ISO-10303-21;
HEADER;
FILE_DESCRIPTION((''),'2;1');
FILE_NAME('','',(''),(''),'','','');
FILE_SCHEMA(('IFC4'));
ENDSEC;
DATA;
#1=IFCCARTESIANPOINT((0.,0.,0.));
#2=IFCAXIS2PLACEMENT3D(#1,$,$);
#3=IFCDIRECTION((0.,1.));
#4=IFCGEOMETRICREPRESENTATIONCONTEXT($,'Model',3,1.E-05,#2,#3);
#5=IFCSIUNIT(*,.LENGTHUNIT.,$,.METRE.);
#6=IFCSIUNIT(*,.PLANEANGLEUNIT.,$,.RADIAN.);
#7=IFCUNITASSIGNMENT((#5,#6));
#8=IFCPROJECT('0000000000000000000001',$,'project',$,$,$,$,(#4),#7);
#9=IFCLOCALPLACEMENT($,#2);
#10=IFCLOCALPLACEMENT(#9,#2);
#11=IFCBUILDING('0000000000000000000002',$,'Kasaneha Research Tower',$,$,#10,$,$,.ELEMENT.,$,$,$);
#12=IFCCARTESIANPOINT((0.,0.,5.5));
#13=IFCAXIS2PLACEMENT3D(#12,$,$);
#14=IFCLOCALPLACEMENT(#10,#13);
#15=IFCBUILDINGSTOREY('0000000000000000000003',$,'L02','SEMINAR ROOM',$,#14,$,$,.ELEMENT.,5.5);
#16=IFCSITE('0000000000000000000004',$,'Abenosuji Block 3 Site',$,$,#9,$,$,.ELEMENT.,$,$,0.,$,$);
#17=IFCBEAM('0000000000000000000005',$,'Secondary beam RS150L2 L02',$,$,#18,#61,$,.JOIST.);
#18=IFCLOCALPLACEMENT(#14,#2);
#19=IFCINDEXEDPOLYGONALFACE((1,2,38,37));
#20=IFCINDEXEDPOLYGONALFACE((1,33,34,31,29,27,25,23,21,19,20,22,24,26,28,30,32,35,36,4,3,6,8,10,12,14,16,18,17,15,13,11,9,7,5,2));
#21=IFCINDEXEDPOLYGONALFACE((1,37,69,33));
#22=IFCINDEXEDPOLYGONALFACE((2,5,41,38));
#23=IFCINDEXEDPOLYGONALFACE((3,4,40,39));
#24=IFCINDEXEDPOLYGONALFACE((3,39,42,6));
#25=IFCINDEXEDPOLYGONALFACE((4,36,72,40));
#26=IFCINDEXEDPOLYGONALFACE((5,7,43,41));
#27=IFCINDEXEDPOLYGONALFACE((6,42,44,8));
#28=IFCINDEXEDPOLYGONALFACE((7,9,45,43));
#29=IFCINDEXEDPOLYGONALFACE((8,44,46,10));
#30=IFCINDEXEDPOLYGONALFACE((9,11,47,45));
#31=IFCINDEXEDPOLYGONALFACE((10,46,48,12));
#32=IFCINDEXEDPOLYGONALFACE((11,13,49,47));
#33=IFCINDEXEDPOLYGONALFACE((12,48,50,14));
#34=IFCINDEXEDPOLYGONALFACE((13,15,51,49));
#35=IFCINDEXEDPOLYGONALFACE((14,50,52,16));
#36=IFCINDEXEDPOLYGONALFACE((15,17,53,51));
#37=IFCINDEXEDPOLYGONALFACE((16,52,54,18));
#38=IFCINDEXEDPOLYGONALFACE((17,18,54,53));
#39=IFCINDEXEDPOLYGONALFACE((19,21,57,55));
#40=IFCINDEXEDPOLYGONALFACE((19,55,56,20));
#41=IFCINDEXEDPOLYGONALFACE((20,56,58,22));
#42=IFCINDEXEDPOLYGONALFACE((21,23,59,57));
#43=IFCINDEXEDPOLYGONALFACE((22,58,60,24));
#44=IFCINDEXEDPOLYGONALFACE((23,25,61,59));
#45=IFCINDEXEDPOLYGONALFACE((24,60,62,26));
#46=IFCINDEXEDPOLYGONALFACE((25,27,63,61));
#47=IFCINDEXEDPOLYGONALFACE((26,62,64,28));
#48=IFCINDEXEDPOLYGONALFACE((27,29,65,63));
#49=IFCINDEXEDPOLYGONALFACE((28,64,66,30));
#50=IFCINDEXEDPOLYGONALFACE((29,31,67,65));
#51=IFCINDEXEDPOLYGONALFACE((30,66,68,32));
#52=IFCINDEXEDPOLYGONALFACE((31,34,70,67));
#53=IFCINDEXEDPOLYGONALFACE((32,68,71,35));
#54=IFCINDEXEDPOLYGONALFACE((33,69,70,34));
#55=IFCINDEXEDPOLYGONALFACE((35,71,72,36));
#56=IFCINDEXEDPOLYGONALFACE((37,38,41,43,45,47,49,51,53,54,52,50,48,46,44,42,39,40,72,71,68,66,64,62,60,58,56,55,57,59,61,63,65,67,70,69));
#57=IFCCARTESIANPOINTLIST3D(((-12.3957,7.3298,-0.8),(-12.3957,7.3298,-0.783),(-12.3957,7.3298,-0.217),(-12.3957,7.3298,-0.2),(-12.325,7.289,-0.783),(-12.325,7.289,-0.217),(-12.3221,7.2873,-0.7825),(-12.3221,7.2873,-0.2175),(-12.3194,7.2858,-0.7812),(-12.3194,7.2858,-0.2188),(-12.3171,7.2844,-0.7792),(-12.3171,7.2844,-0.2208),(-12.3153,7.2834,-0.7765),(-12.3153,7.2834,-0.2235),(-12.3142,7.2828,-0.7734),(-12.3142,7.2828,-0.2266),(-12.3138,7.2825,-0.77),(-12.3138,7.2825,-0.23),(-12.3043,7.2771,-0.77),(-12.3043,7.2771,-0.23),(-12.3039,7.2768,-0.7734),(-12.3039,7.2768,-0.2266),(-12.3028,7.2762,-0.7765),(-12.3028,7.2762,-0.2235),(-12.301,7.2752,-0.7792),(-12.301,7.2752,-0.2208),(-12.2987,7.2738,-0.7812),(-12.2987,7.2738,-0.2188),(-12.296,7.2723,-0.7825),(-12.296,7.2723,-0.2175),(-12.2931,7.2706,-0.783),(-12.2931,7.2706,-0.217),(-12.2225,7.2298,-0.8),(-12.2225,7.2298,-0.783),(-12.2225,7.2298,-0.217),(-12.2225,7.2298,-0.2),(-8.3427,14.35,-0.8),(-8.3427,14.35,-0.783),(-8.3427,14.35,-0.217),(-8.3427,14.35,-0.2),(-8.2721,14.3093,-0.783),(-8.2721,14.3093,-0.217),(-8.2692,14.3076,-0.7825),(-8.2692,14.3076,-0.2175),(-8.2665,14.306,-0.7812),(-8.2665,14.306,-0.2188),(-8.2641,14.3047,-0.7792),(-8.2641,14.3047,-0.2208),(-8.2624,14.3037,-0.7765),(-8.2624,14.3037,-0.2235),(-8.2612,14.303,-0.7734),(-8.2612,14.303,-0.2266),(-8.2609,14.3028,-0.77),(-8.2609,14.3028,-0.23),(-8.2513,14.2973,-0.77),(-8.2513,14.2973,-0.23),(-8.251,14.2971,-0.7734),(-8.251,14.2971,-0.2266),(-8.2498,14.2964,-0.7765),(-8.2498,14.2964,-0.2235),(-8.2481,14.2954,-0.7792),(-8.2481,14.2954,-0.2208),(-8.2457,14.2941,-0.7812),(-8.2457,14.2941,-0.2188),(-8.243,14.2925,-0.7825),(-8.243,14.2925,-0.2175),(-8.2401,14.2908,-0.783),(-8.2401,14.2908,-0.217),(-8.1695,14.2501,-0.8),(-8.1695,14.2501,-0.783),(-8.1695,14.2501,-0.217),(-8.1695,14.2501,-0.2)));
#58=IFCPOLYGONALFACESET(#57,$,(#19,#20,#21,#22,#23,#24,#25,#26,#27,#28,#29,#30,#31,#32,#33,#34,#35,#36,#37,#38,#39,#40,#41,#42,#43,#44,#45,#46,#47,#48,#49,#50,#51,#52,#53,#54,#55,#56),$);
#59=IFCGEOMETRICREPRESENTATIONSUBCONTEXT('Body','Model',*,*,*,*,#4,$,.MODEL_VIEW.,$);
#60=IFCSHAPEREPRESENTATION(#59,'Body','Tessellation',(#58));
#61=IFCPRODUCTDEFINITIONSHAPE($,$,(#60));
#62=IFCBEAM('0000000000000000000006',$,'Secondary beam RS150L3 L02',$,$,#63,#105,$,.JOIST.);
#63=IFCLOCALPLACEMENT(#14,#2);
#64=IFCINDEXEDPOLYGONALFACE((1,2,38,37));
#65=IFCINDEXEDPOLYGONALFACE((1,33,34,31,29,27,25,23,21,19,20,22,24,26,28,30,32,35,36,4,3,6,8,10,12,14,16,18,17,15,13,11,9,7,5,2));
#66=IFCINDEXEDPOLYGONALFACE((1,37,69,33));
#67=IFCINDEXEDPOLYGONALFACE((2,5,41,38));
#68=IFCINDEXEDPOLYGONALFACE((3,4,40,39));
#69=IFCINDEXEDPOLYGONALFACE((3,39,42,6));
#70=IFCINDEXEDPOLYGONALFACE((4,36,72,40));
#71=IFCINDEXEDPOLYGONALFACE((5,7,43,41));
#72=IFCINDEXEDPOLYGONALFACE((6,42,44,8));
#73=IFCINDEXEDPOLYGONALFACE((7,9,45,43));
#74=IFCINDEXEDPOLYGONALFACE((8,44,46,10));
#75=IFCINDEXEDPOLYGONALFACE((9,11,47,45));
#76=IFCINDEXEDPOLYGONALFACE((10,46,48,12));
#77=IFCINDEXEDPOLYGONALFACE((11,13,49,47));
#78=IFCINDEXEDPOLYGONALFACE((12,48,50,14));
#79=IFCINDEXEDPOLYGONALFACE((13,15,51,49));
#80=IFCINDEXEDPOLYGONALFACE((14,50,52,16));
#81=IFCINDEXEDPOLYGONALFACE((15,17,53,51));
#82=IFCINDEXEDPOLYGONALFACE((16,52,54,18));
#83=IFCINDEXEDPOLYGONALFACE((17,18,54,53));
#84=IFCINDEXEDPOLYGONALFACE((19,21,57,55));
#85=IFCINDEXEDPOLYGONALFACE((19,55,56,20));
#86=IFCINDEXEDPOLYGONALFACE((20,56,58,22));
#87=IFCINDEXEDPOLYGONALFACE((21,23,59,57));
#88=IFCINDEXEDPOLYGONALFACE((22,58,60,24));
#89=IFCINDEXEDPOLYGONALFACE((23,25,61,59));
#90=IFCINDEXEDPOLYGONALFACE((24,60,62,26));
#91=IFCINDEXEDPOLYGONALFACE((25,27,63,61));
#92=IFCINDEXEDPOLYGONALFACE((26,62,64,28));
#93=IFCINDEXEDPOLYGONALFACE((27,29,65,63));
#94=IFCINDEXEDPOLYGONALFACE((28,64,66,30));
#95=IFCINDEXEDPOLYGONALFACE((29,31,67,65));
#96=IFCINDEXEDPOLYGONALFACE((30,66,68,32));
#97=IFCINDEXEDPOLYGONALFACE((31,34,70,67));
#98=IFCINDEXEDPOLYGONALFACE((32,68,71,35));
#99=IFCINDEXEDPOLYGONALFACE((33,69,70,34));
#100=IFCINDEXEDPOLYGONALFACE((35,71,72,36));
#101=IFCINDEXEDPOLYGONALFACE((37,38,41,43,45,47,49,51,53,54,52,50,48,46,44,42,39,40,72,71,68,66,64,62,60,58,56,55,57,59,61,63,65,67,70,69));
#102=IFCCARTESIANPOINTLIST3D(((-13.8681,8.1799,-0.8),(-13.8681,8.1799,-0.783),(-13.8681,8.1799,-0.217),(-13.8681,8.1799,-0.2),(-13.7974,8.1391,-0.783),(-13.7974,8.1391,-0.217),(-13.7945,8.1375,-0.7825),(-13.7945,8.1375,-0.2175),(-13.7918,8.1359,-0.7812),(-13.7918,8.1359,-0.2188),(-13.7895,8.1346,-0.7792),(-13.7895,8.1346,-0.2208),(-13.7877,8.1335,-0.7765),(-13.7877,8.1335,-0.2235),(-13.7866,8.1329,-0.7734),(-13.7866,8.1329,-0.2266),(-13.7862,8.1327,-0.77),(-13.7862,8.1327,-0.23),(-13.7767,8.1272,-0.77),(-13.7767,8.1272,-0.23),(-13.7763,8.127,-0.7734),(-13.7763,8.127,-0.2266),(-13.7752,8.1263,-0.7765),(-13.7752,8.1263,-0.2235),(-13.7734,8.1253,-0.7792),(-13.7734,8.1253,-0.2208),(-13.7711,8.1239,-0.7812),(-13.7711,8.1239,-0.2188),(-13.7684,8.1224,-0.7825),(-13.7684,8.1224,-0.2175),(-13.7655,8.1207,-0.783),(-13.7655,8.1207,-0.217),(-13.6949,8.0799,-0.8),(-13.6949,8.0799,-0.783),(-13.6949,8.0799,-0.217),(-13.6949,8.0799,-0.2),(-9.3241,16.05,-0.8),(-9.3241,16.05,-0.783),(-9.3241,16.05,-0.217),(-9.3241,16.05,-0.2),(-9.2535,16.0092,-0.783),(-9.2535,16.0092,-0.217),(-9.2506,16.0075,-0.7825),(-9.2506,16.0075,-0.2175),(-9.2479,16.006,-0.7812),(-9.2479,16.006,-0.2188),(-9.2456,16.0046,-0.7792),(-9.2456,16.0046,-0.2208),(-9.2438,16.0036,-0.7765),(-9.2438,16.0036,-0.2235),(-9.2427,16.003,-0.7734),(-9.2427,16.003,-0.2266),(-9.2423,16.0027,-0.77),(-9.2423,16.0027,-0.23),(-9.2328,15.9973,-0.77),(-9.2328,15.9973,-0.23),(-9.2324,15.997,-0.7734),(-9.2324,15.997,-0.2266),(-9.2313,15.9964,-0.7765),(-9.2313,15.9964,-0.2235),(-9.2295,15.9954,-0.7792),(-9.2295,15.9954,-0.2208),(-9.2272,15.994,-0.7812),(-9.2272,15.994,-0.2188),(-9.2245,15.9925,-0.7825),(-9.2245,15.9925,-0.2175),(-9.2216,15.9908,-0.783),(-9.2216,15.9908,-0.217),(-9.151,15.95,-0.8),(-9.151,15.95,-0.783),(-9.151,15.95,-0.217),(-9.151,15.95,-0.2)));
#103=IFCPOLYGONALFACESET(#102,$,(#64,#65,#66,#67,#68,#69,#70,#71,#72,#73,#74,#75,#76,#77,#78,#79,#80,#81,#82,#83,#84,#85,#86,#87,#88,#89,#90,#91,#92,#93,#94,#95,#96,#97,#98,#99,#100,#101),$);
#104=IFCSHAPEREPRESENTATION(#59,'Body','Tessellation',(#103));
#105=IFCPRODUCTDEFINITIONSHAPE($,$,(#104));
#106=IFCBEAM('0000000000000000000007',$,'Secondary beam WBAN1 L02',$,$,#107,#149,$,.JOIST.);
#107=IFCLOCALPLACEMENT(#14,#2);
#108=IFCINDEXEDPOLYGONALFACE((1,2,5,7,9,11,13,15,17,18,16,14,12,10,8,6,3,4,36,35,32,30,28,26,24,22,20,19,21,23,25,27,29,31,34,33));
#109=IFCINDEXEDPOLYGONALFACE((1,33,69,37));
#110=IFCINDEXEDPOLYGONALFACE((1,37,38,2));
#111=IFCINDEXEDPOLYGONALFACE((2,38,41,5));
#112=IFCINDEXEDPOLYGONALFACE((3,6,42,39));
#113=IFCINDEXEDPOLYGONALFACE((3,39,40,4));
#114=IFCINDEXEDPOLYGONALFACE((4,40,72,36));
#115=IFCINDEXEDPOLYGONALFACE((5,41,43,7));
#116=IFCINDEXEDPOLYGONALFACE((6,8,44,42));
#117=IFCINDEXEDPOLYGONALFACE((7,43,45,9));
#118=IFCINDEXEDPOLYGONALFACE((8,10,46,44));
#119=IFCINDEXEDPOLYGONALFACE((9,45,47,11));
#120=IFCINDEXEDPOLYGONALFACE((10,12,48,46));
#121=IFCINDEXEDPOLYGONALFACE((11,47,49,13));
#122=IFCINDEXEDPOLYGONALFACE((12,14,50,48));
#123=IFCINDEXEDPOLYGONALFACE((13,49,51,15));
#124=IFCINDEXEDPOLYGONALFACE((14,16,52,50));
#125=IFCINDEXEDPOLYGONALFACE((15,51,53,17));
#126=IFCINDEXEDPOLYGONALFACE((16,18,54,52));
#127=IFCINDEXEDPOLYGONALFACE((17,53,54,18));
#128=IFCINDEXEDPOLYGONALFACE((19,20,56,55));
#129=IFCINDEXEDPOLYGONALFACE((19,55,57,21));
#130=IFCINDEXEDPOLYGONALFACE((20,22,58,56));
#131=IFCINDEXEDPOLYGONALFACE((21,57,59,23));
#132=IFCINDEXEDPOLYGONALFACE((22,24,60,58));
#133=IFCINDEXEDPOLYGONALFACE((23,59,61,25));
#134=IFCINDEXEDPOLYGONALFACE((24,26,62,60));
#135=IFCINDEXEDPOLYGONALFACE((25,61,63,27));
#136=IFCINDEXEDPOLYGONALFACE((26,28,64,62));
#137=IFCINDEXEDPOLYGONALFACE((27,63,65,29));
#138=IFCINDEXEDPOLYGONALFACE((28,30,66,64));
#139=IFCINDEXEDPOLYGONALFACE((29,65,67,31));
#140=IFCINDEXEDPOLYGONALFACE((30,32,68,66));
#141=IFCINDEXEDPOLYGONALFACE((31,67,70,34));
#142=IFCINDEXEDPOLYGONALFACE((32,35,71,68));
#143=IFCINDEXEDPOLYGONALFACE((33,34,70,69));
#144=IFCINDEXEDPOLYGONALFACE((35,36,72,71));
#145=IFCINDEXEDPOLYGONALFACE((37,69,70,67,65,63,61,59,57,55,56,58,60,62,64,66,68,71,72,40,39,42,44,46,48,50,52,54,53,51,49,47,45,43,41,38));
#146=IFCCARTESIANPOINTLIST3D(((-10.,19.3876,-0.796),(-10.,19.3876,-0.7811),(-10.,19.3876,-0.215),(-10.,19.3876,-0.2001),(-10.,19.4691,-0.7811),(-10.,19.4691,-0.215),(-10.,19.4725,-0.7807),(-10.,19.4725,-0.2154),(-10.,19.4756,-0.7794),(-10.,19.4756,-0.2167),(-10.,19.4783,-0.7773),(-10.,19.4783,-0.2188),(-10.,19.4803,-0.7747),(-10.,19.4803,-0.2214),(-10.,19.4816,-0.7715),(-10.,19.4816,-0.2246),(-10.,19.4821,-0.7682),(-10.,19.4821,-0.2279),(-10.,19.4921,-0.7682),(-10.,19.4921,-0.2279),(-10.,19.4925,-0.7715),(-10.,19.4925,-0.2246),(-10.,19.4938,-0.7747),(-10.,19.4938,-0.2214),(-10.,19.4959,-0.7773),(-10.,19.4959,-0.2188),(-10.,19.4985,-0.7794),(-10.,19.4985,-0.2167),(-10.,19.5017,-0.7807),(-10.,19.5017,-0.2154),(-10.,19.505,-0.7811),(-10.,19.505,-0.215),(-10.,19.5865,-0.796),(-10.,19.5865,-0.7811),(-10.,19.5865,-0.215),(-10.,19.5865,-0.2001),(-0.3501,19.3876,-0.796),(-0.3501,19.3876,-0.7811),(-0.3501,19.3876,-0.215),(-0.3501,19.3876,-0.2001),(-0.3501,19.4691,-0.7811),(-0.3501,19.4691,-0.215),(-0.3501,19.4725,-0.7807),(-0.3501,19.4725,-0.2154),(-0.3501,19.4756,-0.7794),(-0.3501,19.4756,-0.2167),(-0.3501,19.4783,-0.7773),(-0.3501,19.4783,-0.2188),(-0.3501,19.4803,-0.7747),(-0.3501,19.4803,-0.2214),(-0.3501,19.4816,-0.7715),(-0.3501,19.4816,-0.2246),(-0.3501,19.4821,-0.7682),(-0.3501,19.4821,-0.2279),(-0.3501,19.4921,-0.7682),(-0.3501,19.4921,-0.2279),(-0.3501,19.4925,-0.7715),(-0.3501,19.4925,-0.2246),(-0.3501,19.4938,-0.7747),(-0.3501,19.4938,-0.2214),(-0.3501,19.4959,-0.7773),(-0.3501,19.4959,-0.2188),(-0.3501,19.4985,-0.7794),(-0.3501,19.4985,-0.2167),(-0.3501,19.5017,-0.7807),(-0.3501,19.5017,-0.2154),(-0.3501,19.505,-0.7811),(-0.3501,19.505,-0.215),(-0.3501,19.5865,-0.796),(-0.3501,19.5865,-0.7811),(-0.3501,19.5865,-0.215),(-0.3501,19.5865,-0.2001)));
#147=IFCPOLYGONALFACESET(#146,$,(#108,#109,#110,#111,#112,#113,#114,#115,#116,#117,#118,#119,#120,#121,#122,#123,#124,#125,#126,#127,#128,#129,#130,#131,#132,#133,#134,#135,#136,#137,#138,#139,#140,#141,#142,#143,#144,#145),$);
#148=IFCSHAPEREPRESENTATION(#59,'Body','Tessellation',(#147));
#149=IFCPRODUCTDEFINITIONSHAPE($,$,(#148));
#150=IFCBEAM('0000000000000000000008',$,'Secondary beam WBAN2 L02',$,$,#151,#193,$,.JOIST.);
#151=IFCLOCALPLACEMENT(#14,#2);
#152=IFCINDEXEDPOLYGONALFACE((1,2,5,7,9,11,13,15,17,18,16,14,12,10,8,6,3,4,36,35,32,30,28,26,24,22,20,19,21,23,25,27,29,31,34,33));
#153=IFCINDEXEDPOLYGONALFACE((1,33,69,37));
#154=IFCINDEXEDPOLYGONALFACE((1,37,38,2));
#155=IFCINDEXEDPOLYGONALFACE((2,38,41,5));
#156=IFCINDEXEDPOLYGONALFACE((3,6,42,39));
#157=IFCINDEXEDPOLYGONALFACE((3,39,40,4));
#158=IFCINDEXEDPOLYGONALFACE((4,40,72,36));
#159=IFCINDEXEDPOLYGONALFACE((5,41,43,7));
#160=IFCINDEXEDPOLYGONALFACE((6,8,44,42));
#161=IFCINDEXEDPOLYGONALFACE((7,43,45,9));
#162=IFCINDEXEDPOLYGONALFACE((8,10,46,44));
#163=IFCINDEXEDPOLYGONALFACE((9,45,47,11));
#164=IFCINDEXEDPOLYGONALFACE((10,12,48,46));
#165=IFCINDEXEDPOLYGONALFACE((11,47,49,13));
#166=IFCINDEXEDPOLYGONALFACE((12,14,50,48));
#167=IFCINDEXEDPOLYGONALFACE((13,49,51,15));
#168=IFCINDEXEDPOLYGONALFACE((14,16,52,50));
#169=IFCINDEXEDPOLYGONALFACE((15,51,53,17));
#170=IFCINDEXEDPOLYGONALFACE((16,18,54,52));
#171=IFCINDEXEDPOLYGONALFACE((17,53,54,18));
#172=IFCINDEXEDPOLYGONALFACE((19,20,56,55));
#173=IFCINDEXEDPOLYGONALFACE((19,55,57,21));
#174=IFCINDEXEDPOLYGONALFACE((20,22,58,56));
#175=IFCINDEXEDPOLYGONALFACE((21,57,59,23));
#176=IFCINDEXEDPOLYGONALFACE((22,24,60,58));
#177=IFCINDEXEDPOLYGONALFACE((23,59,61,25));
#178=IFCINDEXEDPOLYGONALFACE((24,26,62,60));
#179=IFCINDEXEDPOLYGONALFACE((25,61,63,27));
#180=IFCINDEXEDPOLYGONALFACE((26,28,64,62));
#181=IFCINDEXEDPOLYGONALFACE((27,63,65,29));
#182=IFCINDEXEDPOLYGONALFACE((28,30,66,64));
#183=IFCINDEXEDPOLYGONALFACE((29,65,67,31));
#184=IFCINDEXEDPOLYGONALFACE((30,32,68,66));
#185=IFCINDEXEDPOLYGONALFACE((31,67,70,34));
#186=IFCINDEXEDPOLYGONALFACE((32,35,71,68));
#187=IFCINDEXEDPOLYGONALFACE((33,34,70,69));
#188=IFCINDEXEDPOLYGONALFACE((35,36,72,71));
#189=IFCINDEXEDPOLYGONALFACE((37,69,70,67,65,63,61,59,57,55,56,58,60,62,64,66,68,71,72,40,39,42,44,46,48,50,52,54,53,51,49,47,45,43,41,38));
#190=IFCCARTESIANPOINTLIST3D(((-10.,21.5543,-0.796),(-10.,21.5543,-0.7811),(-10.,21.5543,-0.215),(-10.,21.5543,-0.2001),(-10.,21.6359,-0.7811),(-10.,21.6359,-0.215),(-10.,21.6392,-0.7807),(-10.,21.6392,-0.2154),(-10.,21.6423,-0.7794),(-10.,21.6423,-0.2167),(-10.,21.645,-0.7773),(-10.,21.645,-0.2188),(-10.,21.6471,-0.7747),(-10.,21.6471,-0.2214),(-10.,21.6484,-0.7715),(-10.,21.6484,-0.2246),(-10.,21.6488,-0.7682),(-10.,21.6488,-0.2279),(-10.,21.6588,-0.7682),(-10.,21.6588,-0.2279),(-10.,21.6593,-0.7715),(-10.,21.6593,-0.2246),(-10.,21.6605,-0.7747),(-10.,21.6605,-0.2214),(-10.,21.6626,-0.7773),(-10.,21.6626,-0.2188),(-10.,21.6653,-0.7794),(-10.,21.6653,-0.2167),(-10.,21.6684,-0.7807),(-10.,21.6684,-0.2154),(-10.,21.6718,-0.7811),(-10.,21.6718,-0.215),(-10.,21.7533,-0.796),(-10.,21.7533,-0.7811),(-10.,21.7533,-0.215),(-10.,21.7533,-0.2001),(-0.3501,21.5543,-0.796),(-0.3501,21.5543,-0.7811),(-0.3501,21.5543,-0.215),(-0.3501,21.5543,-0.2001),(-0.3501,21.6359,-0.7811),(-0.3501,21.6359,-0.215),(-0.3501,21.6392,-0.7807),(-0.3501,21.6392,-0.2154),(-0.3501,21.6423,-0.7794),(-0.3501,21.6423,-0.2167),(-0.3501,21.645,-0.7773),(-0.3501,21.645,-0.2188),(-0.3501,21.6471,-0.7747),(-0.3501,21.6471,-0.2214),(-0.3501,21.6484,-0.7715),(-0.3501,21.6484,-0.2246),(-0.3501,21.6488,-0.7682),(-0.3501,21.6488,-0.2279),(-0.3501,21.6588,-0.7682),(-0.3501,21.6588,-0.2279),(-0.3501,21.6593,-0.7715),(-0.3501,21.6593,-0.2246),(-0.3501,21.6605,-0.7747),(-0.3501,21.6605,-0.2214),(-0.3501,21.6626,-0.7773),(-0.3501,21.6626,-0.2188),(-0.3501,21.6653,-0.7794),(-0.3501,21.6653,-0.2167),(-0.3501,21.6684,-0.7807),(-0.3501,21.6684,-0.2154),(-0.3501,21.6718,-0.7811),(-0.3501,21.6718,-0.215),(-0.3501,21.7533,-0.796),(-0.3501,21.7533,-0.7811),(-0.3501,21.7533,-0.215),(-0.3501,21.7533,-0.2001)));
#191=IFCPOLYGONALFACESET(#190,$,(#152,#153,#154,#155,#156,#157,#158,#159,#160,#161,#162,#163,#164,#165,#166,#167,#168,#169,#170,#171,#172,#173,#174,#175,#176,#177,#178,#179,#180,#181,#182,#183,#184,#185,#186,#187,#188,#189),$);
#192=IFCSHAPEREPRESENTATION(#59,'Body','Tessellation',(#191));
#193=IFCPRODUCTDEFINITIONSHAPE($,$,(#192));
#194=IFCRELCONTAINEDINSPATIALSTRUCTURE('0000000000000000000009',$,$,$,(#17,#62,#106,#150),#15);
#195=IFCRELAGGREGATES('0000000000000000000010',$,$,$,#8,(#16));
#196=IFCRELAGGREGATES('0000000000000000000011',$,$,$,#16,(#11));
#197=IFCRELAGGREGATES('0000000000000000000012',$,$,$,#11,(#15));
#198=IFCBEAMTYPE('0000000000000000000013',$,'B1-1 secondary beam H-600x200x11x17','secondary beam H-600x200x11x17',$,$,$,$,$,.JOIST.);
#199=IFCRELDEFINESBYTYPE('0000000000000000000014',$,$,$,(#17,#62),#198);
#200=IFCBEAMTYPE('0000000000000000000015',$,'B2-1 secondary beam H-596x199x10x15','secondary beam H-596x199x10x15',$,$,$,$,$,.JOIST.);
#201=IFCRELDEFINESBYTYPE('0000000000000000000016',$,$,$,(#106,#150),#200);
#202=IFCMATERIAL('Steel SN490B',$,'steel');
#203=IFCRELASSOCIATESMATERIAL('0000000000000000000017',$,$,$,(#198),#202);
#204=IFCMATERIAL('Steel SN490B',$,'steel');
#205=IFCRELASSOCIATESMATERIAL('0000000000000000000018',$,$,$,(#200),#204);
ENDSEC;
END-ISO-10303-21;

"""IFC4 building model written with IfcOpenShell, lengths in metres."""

from ifc_helpers import new_model, si_unit, direction, frame, origin, origin_2d, place, context, subcontext, project, spatial, i_section, extrude, material, material_profile, profile_set, type_object, element, save


model = new_model("IFC4")

# Units and contexts
model_context = context("Model", 3, precision=1e-05, world=origin(), true_north=direction((0.0, 1.0)))
body_context = subcontext(model_context, "Body", "Model", "MODEL_VIEW")
ifc_project = project(units=[si_unit("LENGTHUNIT", "METRE"), si_unit("PLANEANGLEUNIT", "RADIAN")], contexts=[model_context])

# Site, building, storey
site_placement = place(None, origin())
site = spatial("IfcSite", under=ifc_project, at=site_placement, Name="Abenosuji Block 3 Site", CompositionType="ELEMENT", RefElevation=0.0)
building_placement = place(site_placement, origin())
building = spatial("IfcBuilding", under=site, at=building_placement, Name="Kasaneha Research Tower", CompositionType="ELEMENT")
storey_placement = place(building_placement, frame((0.0, 0.0, 5.5)))
storey = spatial("IfcBuildingStorey", under=building, at=storey_placement, Name="L02", Description="SEMINAR ROOM", CompositionType="ELEMENT", Elevation=5.5)

# Beams
ifc_material_1 = material(Name="Steel SN490B", Category="steel")
ifc_material_profile_1 = material_profile(ifc_material_1, i_section(OverallWidth=0.2, OverallDepth=0.6001, WebThickness=0.011, FlangeThickness=0.0171, FilletRadius=0.0129, at=origin_2d()), Name="H-600x200x11x17")
ifc_profile_set_1 = profile_set([ifc_material_profile_1], Name="Steel SN490B")
beam_type_1 = type_object("IfcBeamType", Name="B1-1 secondary beam H-600x200x11x17", Description="secondary beam H-600x200x11x17", PredefinedType="JOIST", material=ifc_profile_set_1)
beam_1_placement = place(storey_placement, frame((-8.2561, 14.3, -0.5), z_axis=(-0.499984, -0.866035, 0.0), x_axis=(0.866035, -0.499984, 0.0)))
element("IfcBeam", 1, at=beam_1_placement, inside=storey, type_object=beam_type_1, Name="Secondary beam RS150L2 L02", PredefinedType="JOIST", context=body_context, shape_type="SweptSolid", body=[
    extrude(i_section(OverallWidth=0.2, OverallDepth=0.6001, WebThickness=0.011, FlangeThickness=0.0171, FilletRadius=0.0129, at=origin_2d()), origin(), (0.0, 0.0, 1.0), 8.1062),
])
beam_2_placement = place(storey_placement, frame((-9.2375, 16.0, -0.5), z_axis=(-0.500011, -0.866019, 0.0), x_axis=(0.866019, -0.500011, 0.0)))
element("IfcBeam", 2, at=beam_2_placement, inside=storey, type_object=beam_type_1, Name="Secondary beam RS150L3 L02", PredefinedType="JOIST", context=body_context, shape_type="SweptSolid", body=[
    extrude(i_section(OverallWidth=0.2, OverallDepth=0.6001, WebThickness=0.011, FlangeThickness=0.0171, FilletRadius=0.0129, at=origin_2d()), origin(), (0.0, 0.0, 1.0), 9.0876),
])
ifc_material_2 = material(Name="Steel SN490B", Category="steel")
ifc_material_profile_2 = material_profile(ifc_material_2, i_section(OverallWidth=0.199, OverallDepth=0.5959, WebThickness=0.01, FlangeThickness=0.0149, FilletRadius=0.0129, at=origin_2d()), Name="H-596x199x10x15")
ifc_profile_set_2 = profile_set([ifc_material_profile_2], Name="Steel SN490B")
beam_type_2 = type_object("IfcBeamType", Name="B2-1 secondary beam H-596x199x10x15", Description="secondary beam H-596x199x10x15", PredefinedType="JOIST", material=ifc_profile_set_2)
for number, where, z_axis, x_axis, name in (
    (3, (-10.0, 19.4871, -0.498), (1.0, 0.0, 0.0), (0.0, 1.0, 0.0), "Secondary beam WBAN1 L02"),
    (4, (-10.0, 21.6538, -0.498), (1.0, 0.0, 0.0), (0.0, 1.0, 0.0), "Secondary beam WBAN2 L02"),
):
    element("IfcBeam", number, at=place(storey_placement, frame(where, z_axis=z_axis, x_axis=x_axis)), inside=storey, type_object=beam_type_2, Name=name, PredefinedType="JOIST", context=body_context, shape_type="SweptSolid", body=[
        extrude(i_section(OverallWidth=0.199, OverallDepth=0.5959, WebThickness=0.01, FlangeThickness=0.0149, FilletRadius=0.0129, at=origin_2d()), origin(), (0.0, 0.0, 1.0), 9.6499),
    ])

save(model, "model.ifc")
